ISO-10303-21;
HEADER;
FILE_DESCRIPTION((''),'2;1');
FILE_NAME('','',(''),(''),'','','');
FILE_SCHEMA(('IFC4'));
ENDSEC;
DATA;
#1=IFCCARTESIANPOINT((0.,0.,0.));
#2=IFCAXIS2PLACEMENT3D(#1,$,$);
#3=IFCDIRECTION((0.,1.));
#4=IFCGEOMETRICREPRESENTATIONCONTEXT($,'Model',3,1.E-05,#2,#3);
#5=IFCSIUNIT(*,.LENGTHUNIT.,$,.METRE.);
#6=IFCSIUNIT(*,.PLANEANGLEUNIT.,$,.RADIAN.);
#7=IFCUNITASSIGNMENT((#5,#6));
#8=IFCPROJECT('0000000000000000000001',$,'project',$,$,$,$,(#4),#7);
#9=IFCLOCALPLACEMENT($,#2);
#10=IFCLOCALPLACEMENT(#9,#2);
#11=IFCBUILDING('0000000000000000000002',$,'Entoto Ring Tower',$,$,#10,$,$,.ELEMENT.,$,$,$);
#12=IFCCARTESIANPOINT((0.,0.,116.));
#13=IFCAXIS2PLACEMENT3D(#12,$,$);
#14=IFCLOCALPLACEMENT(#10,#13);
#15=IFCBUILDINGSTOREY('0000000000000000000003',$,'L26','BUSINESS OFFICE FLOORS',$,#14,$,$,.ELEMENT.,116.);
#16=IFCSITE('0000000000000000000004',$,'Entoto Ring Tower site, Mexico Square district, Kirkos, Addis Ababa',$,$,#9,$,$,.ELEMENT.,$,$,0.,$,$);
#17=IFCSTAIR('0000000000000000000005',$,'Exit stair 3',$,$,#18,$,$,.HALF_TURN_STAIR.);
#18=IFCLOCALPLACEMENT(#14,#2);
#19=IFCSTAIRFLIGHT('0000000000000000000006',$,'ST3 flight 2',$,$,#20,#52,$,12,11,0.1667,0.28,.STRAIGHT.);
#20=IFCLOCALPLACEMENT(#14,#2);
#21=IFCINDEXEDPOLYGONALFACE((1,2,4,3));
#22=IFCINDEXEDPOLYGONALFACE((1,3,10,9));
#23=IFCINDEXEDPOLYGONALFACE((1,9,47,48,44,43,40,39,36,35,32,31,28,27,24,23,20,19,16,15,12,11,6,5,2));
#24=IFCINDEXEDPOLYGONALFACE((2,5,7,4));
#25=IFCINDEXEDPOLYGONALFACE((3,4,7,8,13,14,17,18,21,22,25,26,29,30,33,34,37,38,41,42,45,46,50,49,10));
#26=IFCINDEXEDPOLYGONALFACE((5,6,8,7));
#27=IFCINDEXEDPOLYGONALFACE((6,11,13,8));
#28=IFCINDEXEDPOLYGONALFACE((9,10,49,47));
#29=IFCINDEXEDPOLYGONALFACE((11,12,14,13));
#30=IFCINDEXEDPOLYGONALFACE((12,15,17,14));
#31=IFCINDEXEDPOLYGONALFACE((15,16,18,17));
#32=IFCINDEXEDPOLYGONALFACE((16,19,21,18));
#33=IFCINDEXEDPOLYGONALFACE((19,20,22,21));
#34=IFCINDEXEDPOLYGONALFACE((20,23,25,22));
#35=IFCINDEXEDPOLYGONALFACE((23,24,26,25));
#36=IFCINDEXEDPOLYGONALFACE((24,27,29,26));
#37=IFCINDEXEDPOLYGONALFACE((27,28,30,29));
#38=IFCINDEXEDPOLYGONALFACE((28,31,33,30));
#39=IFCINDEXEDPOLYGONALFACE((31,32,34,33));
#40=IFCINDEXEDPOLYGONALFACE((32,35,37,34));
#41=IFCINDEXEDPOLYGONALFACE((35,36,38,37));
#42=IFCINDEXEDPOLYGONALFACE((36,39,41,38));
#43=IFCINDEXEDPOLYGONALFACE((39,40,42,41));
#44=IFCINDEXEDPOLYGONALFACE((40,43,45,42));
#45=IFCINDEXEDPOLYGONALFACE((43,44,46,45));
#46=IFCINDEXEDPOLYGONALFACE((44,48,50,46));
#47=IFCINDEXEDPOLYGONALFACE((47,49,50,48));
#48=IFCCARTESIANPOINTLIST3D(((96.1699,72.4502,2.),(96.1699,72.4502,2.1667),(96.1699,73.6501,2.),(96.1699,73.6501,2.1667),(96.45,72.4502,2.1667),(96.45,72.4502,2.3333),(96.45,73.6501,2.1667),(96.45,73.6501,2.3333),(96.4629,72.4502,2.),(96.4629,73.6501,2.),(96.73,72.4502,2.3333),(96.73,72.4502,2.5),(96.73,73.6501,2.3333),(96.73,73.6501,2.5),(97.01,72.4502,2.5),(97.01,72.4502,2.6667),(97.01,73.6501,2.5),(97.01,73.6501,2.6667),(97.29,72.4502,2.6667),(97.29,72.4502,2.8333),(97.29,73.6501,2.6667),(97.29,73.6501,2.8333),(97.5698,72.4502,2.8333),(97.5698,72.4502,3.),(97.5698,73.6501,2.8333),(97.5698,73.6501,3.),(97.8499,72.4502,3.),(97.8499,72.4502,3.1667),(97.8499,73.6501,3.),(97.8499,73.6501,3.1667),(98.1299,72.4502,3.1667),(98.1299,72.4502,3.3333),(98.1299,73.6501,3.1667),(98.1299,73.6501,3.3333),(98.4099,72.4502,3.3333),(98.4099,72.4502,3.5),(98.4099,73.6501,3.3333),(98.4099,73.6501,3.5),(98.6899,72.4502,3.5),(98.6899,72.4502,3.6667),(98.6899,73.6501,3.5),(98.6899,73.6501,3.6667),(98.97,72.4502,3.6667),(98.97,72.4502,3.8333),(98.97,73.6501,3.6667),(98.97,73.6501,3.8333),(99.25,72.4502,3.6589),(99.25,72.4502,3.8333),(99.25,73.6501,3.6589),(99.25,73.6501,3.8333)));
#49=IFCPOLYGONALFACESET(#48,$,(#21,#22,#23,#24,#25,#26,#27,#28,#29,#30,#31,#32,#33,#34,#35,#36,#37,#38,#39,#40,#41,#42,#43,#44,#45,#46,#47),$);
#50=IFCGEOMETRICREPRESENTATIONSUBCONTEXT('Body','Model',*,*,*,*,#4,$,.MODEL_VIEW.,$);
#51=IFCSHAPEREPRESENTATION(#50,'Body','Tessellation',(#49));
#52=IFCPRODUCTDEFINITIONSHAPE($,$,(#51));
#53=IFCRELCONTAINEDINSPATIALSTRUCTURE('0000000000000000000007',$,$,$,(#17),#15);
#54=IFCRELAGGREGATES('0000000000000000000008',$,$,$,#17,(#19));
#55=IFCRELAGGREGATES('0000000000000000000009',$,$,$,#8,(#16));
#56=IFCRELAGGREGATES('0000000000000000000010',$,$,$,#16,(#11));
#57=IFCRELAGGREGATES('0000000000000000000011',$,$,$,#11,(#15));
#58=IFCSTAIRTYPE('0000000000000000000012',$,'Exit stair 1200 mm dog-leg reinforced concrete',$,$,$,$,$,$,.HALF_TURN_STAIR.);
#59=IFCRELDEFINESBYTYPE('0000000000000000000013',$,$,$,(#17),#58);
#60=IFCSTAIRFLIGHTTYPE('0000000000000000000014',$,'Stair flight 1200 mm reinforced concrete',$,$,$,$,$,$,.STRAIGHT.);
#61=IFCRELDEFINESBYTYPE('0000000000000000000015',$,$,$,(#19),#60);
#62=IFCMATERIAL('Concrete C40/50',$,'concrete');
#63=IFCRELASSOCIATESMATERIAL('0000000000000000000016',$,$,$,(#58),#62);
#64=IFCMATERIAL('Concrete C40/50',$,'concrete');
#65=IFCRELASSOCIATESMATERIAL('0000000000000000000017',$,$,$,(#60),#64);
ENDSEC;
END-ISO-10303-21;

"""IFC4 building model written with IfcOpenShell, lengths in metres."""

from ifc_helpers import new_model, si_unit, direction, frame, origin, place, context, subcontext, project, spatial, polyline, outline, extrude, material, type_object, element, aggregate, save


model = new_model("IFC4")

# Units and contexts
model_context = context("Model", 3, precision=1e-05, world=origin(), true_north=direction((0.0, 1.0)))
body_context = subcontext(model_context, "Body", "Model", "MODEL_VIEW")
ifc_project = project(units=[si_unit("LENGTHUNIT", "METRE"), si_unit("PLANEANGLEUNIT", "RADIAN")], contexts=[model_context])

# Site, building, storey
site_placement = place(None, origin())
site = spatial("IfcSite", under=ifc_project, at=site_placement, Name="Entoto Ring Tower site, Mexico Square district, Kirkos, Addis Ababa", CompositionType="ELEMENT", RefElevation=0.0)
building_placement = place(site_placement, origin())
building = spatial("IfcBuilding", under=site, at=building_placement, Name="Entoto Ring Tower", CompositionType="ELEMENT")
storey_placement = place(building_placement, frame((0.0, 0.0, 116.0)))
storey = spatial("IfcBuildingStorey", under=building, at=storey_placement, Name="L26", Description="BUSINESS OFFICE FLOORS", CompositionType="ELEMENT", Elevation=116.0)

# Stair, stair flight
ifc_material_1 = material(Name="Concrete C40/50", Category="concrete")
stair_type = type_object("IfcStairType", Name="Exit stair 1200 mm dog-leg reinforced concrete", PredefinedType="HALF_TURN_STAIR", material=ifc_material_1)
stair_placement = place(storey_placement, origin())
stair = element("IfcStair", 1, at=stair_placement, inside=storey, type_object=stair_type, Name="Exit stair 3", PredefinedType="HALF_TURN_STAIR")
ifc_material_2 = material(Name="Concrete C40/50", Category="concrete")
stair_flight_type = type_object("IfcStairFlightType", Name="Stair flight 1200 mm reinforced concrete", PredefinedType="STRAIGHT", material=ifc_material_2)
stair_flight_1_placement = place(storey_placement, frame((96.1699, 73.05, 2.0), z_axis=(0.0, 0.0, 1.0), x_axis=(1.0, 0.0, 0.0)))
stair_flight_1 = element("IfcStairFlight", 2, at=stair_flight_1_placement, type_object=stair_flight_type, Name="ST3 flight 2", NumberOfRisers=12, NumberOfTreads=11, PredefinedType="STRAIGHT", RiserHeight=0.1667, TreadLength=0.28, context=body_context, shape_type="SweptSolid", body=[
    extrude(outline(polyline([(0.0, 0.0), (0.0, 0.1667), (0.28, 0.1667), (0.28, 0.3333), (0.5601, 0.3333), (0.5601, 0.5), (0.8401, 0.5), (0.8401, 0.6667), (1.1201, 0.6667), (1.1201, 0.8333), (1.3999, 0.8333), (1.3999, 1.0), (1.6799, 1.0), (1.6799, 1.1667), (1.96, 1.1667), (1.96, 1.3333), (2.24, 1.3333), (2.24, 1.5), (2.52, 1.5), (2.52, 1.6667), (2.8, 1.6667), (2.8, 1.8333), (3.0801, 1.8333), (3.0801, 2.0), (3.0801, 1.6589), (0.293, 0.0), (0.0, 0.0)])), frame((0.0, 0.6001, 0.0), z_axis=(0.0, -1.0, 0.0), x_axis=(1.0, 0.0, 0.0)), (0.0, 0.0, 1.0), 1.2),
])
aggregate(stair, [stair_flight_1])

save(model, "model.ifc")
